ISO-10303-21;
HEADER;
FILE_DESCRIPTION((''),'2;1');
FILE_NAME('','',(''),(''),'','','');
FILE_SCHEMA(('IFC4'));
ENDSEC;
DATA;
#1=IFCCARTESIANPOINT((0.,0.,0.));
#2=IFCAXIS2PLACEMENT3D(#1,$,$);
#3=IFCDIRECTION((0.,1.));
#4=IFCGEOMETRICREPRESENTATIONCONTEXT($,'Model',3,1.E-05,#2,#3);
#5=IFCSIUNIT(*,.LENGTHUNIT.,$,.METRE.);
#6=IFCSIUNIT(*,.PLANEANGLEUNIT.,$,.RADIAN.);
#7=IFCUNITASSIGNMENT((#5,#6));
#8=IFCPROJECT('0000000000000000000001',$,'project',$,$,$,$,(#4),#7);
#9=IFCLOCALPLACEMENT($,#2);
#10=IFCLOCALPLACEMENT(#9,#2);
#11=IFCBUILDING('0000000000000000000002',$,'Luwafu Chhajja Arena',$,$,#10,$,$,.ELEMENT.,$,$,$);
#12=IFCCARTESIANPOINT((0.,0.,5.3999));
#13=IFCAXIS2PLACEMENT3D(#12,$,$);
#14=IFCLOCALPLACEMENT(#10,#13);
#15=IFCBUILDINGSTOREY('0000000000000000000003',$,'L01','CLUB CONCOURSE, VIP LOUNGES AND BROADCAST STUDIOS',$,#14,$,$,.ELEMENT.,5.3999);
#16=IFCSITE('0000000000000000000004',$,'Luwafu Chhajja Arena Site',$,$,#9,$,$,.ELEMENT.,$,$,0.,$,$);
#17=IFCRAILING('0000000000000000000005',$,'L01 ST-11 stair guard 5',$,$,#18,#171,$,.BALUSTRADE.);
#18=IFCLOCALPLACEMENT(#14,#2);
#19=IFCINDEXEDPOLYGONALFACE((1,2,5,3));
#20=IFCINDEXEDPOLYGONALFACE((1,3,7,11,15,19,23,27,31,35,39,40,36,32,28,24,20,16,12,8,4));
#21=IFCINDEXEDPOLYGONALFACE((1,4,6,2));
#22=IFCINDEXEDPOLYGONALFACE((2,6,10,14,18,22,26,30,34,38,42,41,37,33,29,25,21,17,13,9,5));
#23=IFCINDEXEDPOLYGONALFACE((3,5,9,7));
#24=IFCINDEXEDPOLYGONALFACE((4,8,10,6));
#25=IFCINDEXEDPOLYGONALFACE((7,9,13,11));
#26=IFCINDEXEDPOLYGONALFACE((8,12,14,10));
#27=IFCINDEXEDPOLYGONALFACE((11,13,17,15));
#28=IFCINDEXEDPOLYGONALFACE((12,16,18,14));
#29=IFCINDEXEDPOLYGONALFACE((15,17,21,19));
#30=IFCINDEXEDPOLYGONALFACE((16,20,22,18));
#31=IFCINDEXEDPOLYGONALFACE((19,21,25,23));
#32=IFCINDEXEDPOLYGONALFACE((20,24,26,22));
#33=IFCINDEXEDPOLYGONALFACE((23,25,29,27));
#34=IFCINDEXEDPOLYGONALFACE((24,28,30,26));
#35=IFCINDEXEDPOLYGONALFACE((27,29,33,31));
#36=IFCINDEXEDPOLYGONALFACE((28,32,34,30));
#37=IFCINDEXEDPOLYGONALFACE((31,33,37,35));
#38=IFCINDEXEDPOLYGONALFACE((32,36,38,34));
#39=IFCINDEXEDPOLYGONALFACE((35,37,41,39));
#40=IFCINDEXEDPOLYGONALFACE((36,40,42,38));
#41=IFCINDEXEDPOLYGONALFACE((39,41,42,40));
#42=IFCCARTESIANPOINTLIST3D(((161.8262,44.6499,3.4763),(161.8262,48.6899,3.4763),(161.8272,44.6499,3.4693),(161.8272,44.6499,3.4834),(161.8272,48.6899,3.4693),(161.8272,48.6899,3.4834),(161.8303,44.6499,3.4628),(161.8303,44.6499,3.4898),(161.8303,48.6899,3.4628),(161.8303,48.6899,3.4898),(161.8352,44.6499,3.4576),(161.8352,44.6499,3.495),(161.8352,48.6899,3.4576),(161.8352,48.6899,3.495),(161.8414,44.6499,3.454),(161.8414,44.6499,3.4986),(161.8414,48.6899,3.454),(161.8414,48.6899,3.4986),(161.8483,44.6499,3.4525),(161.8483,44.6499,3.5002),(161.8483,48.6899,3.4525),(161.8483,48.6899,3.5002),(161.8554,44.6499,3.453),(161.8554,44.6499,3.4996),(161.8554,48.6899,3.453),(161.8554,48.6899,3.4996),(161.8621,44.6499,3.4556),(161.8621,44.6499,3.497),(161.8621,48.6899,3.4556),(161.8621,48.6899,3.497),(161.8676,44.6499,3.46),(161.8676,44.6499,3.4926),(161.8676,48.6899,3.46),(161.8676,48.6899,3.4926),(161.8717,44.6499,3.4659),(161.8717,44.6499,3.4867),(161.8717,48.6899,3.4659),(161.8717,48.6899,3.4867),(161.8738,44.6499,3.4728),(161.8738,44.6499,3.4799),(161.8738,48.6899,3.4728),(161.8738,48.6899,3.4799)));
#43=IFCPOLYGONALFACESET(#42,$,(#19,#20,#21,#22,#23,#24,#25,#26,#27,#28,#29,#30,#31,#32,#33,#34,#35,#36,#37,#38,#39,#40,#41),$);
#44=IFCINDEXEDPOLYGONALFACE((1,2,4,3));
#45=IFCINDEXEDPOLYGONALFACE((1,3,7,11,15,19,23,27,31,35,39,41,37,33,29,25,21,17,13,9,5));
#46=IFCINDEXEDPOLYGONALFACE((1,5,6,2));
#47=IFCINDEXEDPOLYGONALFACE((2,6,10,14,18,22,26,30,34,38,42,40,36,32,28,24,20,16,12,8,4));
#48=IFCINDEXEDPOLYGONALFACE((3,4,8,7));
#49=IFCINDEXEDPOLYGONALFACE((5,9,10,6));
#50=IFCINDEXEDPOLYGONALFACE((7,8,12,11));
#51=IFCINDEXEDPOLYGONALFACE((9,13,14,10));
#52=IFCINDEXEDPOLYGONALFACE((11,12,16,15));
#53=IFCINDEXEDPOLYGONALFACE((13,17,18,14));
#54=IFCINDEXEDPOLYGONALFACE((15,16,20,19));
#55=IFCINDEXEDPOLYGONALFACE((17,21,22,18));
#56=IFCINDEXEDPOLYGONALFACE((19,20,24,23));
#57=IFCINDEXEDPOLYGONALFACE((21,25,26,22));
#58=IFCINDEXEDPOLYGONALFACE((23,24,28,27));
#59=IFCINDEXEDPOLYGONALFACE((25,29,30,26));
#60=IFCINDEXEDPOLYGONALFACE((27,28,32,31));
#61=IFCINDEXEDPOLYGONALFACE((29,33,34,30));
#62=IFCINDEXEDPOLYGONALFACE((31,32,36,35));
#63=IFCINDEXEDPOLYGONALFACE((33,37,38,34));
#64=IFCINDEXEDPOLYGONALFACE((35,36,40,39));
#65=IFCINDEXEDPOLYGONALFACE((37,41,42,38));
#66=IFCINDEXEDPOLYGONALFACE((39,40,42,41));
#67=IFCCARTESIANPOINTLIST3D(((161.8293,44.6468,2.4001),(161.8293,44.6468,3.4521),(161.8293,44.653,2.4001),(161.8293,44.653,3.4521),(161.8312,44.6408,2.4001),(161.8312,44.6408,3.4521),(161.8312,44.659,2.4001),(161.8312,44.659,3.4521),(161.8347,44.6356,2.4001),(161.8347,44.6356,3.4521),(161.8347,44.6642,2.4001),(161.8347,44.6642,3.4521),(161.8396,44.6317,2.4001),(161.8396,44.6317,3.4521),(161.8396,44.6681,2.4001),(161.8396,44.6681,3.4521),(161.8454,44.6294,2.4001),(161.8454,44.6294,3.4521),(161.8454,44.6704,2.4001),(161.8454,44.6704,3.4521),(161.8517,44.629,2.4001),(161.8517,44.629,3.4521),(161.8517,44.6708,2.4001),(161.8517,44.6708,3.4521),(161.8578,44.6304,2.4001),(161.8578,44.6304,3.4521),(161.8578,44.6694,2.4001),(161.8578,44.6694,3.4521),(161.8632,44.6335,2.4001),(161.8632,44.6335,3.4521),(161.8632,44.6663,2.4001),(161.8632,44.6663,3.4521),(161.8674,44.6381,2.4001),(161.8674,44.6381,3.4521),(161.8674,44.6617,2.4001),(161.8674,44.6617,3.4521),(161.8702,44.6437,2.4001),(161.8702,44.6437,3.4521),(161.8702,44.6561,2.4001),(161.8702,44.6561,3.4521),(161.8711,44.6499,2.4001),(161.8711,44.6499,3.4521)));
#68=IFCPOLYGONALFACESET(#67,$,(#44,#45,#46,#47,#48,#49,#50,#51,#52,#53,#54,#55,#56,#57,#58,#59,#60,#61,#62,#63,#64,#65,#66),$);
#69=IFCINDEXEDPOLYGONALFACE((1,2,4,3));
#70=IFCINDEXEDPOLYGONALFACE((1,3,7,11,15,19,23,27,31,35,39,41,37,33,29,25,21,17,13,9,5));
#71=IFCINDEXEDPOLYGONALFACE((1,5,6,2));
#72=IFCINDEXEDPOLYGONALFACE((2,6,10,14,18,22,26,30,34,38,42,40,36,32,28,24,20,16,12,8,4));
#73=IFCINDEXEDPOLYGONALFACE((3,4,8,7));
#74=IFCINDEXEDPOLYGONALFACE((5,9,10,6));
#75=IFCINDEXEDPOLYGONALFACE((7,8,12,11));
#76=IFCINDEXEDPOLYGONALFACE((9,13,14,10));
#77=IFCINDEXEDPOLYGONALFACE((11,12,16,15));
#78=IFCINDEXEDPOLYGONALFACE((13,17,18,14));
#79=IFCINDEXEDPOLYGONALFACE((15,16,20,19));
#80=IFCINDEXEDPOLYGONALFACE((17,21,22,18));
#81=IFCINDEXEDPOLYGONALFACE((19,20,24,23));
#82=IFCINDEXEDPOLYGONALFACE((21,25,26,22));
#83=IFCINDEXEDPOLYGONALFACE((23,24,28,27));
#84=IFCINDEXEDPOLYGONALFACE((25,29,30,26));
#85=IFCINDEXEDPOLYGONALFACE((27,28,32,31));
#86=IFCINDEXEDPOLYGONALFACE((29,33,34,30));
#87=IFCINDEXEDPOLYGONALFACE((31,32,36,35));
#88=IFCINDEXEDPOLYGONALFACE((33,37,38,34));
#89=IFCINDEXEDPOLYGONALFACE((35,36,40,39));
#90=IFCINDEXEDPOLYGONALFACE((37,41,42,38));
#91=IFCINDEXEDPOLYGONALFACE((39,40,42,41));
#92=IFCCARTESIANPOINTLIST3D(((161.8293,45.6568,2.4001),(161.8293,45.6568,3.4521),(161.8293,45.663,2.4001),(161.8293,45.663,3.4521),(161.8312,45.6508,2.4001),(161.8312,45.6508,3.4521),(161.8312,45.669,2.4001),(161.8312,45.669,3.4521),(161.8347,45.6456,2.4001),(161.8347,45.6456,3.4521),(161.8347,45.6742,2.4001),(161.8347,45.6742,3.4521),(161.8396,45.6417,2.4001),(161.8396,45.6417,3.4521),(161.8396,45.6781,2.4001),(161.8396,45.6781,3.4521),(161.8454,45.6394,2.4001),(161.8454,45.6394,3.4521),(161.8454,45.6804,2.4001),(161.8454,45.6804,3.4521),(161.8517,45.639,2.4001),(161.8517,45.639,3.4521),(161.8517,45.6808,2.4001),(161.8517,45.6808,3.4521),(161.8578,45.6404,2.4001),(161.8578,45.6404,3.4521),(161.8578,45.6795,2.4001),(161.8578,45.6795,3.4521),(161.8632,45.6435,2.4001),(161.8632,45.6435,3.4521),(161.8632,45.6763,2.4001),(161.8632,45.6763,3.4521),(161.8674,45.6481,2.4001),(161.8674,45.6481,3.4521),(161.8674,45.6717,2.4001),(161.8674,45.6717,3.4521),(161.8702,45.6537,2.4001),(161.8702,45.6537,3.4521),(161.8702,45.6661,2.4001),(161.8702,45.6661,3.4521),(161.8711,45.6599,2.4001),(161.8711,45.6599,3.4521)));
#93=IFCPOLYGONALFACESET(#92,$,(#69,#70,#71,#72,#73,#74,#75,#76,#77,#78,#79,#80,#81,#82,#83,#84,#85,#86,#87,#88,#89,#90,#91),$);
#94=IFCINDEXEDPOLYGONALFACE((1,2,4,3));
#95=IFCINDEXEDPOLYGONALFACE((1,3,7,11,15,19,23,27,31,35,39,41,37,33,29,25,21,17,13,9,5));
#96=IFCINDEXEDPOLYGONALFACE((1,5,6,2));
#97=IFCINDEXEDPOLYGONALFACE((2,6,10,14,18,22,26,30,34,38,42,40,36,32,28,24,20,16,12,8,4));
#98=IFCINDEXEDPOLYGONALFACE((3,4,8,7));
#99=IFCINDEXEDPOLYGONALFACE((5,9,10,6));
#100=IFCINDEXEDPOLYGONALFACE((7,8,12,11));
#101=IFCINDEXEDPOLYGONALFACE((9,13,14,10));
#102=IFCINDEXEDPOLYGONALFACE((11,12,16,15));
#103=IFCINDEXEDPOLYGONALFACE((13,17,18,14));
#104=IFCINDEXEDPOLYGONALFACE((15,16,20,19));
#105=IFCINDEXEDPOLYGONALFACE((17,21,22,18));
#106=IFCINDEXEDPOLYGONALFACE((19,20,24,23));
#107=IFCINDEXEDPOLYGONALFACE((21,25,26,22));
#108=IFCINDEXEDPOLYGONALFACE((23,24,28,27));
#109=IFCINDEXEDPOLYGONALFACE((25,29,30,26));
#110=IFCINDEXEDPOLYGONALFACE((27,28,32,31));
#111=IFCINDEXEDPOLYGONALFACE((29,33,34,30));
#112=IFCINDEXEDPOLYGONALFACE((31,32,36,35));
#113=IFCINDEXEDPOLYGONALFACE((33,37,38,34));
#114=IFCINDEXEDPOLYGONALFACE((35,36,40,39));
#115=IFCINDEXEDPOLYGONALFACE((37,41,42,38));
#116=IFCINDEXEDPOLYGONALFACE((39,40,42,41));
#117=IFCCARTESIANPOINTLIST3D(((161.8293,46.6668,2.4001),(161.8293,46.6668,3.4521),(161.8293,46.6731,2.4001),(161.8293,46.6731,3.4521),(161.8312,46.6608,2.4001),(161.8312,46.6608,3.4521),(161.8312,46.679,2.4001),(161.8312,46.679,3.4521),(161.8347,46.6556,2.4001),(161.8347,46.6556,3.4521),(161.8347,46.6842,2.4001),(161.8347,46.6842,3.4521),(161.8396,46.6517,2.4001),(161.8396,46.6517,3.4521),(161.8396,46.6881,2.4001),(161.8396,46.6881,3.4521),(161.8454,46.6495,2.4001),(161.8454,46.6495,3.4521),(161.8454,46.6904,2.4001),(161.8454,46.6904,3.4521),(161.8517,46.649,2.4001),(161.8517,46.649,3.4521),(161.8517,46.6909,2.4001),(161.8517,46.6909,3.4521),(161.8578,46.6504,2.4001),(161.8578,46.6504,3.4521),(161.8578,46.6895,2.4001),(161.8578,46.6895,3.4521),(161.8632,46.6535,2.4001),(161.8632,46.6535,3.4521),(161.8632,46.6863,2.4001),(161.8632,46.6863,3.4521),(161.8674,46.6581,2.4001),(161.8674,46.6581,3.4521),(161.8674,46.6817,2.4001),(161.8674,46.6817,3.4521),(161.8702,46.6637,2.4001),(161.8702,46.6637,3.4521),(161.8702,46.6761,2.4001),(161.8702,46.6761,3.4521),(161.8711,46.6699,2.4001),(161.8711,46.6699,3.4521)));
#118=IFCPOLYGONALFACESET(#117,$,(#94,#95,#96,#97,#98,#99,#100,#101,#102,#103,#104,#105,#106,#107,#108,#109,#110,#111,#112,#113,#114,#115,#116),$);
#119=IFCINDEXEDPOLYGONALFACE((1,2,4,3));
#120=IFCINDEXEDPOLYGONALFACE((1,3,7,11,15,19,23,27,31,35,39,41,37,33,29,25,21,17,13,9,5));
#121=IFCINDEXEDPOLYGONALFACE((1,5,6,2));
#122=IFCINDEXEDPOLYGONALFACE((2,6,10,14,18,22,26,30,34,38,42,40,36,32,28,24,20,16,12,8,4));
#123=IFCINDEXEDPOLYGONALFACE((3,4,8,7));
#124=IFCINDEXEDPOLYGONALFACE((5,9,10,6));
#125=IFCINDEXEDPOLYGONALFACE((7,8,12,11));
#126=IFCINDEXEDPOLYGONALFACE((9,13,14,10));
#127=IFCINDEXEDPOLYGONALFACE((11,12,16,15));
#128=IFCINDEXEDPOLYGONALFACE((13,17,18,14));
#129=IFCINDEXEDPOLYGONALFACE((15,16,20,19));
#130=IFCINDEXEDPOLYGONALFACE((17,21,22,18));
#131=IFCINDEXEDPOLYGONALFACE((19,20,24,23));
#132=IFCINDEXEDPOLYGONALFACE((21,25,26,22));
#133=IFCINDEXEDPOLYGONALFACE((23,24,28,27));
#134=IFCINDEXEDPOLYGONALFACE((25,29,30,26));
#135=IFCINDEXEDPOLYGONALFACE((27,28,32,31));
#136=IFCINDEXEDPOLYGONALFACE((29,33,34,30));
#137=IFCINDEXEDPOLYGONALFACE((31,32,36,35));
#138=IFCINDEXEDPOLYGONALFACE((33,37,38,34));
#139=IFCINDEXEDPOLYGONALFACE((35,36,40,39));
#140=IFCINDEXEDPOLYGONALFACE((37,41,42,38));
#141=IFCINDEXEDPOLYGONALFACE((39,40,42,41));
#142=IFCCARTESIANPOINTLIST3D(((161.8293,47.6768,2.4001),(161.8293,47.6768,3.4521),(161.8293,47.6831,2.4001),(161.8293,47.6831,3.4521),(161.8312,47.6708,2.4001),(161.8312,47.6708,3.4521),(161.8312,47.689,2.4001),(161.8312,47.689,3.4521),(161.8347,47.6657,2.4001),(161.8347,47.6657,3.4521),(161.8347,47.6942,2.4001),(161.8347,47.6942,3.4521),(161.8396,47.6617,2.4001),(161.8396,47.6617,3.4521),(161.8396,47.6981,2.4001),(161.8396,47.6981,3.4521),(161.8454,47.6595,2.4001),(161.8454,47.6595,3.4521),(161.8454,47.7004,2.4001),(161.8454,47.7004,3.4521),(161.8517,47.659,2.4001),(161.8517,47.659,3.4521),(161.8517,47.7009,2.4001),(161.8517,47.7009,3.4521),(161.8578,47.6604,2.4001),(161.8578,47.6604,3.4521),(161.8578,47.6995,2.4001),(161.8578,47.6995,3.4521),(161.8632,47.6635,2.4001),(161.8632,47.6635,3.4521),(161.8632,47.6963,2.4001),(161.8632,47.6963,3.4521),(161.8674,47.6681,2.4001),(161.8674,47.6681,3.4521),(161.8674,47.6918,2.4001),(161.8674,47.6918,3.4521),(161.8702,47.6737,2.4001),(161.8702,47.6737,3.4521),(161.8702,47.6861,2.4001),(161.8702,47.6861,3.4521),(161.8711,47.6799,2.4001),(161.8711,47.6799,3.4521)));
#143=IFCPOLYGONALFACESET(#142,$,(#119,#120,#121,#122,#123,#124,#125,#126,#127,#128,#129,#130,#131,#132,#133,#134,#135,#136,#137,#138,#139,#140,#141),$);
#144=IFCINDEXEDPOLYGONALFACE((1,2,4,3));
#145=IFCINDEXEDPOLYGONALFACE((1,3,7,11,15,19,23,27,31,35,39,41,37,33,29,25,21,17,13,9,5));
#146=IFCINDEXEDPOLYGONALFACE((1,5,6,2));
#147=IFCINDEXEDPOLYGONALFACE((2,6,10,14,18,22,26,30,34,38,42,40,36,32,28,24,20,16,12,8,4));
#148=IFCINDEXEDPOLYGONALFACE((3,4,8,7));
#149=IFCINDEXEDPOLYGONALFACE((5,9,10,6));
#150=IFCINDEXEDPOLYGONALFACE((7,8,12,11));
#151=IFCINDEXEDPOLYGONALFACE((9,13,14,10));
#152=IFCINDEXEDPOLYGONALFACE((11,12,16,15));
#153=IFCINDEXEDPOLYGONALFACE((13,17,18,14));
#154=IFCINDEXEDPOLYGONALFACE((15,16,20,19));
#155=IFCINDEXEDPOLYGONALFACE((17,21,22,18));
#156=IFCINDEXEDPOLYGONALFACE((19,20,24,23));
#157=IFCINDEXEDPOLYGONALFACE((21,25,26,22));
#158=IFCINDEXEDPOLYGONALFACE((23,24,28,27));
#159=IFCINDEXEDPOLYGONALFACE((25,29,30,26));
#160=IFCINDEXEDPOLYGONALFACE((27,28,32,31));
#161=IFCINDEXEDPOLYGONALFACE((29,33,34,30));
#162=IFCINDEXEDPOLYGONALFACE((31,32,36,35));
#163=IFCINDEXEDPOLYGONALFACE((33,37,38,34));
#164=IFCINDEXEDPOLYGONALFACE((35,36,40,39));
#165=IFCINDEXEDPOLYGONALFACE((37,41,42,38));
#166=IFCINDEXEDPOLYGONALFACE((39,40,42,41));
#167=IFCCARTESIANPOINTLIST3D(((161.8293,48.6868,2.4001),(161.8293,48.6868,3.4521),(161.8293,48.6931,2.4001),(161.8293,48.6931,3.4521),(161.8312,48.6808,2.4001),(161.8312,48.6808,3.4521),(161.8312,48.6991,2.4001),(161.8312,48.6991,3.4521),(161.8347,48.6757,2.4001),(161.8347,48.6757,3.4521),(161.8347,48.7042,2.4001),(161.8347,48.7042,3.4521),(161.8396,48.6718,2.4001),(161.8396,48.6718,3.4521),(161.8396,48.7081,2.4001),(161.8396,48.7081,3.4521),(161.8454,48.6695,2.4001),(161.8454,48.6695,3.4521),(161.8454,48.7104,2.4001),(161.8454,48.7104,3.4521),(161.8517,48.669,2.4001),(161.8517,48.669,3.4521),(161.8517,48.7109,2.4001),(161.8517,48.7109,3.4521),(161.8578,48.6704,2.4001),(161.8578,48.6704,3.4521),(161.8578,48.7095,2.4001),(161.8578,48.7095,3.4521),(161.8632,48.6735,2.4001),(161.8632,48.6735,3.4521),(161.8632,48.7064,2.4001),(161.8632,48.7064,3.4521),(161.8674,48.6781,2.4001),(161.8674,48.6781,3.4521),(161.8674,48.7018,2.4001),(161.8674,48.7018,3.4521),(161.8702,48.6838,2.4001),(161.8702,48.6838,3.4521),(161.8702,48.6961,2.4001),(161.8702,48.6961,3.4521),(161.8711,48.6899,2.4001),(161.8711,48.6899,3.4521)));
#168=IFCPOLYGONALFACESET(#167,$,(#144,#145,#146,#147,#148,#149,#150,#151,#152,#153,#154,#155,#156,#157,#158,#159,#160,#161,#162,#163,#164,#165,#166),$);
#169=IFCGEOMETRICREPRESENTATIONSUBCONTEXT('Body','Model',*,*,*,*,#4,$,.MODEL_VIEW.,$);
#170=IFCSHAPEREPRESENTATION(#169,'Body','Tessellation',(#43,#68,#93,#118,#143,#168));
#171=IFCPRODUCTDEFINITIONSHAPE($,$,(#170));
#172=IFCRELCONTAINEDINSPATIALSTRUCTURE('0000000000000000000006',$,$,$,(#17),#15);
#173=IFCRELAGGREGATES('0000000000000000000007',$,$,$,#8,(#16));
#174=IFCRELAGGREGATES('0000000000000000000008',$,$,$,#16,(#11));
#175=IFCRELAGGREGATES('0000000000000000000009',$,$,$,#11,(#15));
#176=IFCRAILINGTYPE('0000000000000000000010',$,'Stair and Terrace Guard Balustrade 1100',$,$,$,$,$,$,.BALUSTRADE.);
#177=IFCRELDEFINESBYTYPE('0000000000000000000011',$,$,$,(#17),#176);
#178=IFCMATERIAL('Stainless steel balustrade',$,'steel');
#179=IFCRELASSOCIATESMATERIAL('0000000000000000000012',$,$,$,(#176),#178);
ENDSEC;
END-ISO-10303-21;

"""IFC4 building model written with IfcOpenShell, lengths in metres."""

from ifc_helpers import new_model, si_unit, direction, frame, origin, origin_2d, place, context, subcontext, project, spatial, circle, extrude, material, type_object, element, save


model = new_model("IFC4")

# Units and contexts
model_context = context("Model", 3, precision=1e-05, world=origin(), true_north=direction((0.0, 1.0)))
body_context = subcontext(model_context, "Body", "Model", "MODEL_VIEW")
ifc_project = project(units=[si_unit("LENGTHUNIT", "METRE"), si_unit("PLANEANGLEUNIT", "RADIAN")], contexts=[model_context])

# Site, building, storey
site_placement = place(None, origin())
site = spatial("IfcSite", under=ifc_project, at=site_placement, Name="Luwafu Chhajja Arena Site", CompositionType="ELEMENT", RefElevation=0.0)
building_placement = place(site_placement, origin())
building = spatial("IfcBuilding", under=site, at=building_placement, Name="Luwafu Chhajja Arena", CompositionType="ELEMENT")
storey_placement = place(building_placement, frame((0.0, 0.0, 5.3999)))
storey = spatial("IfcBuildingStorey", under=building, at=storey_placement, Name="L01", Description="CLUB CONCOURSE, VIP LOUNGES AND BROADCAST STUDIOS", CompositionType="ELEMENT", Elevation=5.3999)

# Railing
ifc_material_1 = material(Name="Stainless steel balustrade", Category="steel")
railing_type_1 = type_object("IfcRailingType", Name="Stair and Terrace Guard Balustrade 1100", PredefinedType="BALUSTRADE", material=ifc_material_1)
railing_1_placement = place(storey_placement, frame((161.8501, 44.6499, 2.4001)))
element("IfcRailing", 1, at=railing_1_placement, inside=storey, type_object=railing_type_1, Name="L01 ST-11 stair guard 5", PredefinedType="BALUSTRADE", context=body_context, shape_type="SweptSolid", body=[
    extrude(circle(Radius=0.0239, at=origin_2d()), frame((0.0, 0.0, 1.0762), z_axis=(0.0, 1.0, 0.0), x_axis=(-1.0, 0.0, 0.0)), (0.0, 0.0, 1.0), 4.04),
    extrude(circle(Radius=0.021, at=origin_2d()), origin(), (0.0, 0.0, 1.0), 1.052),
    extrude(circle(Radius=0.021, at=origin_2d()), frame((0.0, 1.01, 0.0)), (0.0, 0.0, 1.0), 1.052),
    extrude(circle(Radius=0.021, at=origin_2d()), frame((0.0, 2.02, 0.0)), (0.0, 0.0, 1.0), 1.052),
    extrude(circle(Radius=0.021, at=origin_2d()), frame((0.0, 3.03, 0.0)), (0.0, 0.0, 1.0), 1.052),
    extrude(circle(Radius=0.021, at=origin_2d()), frame((0.0, 4.04, 0.0)), (0.0, 0.0, 1.0), 1.052),
])

save(model, "model.ifc")
